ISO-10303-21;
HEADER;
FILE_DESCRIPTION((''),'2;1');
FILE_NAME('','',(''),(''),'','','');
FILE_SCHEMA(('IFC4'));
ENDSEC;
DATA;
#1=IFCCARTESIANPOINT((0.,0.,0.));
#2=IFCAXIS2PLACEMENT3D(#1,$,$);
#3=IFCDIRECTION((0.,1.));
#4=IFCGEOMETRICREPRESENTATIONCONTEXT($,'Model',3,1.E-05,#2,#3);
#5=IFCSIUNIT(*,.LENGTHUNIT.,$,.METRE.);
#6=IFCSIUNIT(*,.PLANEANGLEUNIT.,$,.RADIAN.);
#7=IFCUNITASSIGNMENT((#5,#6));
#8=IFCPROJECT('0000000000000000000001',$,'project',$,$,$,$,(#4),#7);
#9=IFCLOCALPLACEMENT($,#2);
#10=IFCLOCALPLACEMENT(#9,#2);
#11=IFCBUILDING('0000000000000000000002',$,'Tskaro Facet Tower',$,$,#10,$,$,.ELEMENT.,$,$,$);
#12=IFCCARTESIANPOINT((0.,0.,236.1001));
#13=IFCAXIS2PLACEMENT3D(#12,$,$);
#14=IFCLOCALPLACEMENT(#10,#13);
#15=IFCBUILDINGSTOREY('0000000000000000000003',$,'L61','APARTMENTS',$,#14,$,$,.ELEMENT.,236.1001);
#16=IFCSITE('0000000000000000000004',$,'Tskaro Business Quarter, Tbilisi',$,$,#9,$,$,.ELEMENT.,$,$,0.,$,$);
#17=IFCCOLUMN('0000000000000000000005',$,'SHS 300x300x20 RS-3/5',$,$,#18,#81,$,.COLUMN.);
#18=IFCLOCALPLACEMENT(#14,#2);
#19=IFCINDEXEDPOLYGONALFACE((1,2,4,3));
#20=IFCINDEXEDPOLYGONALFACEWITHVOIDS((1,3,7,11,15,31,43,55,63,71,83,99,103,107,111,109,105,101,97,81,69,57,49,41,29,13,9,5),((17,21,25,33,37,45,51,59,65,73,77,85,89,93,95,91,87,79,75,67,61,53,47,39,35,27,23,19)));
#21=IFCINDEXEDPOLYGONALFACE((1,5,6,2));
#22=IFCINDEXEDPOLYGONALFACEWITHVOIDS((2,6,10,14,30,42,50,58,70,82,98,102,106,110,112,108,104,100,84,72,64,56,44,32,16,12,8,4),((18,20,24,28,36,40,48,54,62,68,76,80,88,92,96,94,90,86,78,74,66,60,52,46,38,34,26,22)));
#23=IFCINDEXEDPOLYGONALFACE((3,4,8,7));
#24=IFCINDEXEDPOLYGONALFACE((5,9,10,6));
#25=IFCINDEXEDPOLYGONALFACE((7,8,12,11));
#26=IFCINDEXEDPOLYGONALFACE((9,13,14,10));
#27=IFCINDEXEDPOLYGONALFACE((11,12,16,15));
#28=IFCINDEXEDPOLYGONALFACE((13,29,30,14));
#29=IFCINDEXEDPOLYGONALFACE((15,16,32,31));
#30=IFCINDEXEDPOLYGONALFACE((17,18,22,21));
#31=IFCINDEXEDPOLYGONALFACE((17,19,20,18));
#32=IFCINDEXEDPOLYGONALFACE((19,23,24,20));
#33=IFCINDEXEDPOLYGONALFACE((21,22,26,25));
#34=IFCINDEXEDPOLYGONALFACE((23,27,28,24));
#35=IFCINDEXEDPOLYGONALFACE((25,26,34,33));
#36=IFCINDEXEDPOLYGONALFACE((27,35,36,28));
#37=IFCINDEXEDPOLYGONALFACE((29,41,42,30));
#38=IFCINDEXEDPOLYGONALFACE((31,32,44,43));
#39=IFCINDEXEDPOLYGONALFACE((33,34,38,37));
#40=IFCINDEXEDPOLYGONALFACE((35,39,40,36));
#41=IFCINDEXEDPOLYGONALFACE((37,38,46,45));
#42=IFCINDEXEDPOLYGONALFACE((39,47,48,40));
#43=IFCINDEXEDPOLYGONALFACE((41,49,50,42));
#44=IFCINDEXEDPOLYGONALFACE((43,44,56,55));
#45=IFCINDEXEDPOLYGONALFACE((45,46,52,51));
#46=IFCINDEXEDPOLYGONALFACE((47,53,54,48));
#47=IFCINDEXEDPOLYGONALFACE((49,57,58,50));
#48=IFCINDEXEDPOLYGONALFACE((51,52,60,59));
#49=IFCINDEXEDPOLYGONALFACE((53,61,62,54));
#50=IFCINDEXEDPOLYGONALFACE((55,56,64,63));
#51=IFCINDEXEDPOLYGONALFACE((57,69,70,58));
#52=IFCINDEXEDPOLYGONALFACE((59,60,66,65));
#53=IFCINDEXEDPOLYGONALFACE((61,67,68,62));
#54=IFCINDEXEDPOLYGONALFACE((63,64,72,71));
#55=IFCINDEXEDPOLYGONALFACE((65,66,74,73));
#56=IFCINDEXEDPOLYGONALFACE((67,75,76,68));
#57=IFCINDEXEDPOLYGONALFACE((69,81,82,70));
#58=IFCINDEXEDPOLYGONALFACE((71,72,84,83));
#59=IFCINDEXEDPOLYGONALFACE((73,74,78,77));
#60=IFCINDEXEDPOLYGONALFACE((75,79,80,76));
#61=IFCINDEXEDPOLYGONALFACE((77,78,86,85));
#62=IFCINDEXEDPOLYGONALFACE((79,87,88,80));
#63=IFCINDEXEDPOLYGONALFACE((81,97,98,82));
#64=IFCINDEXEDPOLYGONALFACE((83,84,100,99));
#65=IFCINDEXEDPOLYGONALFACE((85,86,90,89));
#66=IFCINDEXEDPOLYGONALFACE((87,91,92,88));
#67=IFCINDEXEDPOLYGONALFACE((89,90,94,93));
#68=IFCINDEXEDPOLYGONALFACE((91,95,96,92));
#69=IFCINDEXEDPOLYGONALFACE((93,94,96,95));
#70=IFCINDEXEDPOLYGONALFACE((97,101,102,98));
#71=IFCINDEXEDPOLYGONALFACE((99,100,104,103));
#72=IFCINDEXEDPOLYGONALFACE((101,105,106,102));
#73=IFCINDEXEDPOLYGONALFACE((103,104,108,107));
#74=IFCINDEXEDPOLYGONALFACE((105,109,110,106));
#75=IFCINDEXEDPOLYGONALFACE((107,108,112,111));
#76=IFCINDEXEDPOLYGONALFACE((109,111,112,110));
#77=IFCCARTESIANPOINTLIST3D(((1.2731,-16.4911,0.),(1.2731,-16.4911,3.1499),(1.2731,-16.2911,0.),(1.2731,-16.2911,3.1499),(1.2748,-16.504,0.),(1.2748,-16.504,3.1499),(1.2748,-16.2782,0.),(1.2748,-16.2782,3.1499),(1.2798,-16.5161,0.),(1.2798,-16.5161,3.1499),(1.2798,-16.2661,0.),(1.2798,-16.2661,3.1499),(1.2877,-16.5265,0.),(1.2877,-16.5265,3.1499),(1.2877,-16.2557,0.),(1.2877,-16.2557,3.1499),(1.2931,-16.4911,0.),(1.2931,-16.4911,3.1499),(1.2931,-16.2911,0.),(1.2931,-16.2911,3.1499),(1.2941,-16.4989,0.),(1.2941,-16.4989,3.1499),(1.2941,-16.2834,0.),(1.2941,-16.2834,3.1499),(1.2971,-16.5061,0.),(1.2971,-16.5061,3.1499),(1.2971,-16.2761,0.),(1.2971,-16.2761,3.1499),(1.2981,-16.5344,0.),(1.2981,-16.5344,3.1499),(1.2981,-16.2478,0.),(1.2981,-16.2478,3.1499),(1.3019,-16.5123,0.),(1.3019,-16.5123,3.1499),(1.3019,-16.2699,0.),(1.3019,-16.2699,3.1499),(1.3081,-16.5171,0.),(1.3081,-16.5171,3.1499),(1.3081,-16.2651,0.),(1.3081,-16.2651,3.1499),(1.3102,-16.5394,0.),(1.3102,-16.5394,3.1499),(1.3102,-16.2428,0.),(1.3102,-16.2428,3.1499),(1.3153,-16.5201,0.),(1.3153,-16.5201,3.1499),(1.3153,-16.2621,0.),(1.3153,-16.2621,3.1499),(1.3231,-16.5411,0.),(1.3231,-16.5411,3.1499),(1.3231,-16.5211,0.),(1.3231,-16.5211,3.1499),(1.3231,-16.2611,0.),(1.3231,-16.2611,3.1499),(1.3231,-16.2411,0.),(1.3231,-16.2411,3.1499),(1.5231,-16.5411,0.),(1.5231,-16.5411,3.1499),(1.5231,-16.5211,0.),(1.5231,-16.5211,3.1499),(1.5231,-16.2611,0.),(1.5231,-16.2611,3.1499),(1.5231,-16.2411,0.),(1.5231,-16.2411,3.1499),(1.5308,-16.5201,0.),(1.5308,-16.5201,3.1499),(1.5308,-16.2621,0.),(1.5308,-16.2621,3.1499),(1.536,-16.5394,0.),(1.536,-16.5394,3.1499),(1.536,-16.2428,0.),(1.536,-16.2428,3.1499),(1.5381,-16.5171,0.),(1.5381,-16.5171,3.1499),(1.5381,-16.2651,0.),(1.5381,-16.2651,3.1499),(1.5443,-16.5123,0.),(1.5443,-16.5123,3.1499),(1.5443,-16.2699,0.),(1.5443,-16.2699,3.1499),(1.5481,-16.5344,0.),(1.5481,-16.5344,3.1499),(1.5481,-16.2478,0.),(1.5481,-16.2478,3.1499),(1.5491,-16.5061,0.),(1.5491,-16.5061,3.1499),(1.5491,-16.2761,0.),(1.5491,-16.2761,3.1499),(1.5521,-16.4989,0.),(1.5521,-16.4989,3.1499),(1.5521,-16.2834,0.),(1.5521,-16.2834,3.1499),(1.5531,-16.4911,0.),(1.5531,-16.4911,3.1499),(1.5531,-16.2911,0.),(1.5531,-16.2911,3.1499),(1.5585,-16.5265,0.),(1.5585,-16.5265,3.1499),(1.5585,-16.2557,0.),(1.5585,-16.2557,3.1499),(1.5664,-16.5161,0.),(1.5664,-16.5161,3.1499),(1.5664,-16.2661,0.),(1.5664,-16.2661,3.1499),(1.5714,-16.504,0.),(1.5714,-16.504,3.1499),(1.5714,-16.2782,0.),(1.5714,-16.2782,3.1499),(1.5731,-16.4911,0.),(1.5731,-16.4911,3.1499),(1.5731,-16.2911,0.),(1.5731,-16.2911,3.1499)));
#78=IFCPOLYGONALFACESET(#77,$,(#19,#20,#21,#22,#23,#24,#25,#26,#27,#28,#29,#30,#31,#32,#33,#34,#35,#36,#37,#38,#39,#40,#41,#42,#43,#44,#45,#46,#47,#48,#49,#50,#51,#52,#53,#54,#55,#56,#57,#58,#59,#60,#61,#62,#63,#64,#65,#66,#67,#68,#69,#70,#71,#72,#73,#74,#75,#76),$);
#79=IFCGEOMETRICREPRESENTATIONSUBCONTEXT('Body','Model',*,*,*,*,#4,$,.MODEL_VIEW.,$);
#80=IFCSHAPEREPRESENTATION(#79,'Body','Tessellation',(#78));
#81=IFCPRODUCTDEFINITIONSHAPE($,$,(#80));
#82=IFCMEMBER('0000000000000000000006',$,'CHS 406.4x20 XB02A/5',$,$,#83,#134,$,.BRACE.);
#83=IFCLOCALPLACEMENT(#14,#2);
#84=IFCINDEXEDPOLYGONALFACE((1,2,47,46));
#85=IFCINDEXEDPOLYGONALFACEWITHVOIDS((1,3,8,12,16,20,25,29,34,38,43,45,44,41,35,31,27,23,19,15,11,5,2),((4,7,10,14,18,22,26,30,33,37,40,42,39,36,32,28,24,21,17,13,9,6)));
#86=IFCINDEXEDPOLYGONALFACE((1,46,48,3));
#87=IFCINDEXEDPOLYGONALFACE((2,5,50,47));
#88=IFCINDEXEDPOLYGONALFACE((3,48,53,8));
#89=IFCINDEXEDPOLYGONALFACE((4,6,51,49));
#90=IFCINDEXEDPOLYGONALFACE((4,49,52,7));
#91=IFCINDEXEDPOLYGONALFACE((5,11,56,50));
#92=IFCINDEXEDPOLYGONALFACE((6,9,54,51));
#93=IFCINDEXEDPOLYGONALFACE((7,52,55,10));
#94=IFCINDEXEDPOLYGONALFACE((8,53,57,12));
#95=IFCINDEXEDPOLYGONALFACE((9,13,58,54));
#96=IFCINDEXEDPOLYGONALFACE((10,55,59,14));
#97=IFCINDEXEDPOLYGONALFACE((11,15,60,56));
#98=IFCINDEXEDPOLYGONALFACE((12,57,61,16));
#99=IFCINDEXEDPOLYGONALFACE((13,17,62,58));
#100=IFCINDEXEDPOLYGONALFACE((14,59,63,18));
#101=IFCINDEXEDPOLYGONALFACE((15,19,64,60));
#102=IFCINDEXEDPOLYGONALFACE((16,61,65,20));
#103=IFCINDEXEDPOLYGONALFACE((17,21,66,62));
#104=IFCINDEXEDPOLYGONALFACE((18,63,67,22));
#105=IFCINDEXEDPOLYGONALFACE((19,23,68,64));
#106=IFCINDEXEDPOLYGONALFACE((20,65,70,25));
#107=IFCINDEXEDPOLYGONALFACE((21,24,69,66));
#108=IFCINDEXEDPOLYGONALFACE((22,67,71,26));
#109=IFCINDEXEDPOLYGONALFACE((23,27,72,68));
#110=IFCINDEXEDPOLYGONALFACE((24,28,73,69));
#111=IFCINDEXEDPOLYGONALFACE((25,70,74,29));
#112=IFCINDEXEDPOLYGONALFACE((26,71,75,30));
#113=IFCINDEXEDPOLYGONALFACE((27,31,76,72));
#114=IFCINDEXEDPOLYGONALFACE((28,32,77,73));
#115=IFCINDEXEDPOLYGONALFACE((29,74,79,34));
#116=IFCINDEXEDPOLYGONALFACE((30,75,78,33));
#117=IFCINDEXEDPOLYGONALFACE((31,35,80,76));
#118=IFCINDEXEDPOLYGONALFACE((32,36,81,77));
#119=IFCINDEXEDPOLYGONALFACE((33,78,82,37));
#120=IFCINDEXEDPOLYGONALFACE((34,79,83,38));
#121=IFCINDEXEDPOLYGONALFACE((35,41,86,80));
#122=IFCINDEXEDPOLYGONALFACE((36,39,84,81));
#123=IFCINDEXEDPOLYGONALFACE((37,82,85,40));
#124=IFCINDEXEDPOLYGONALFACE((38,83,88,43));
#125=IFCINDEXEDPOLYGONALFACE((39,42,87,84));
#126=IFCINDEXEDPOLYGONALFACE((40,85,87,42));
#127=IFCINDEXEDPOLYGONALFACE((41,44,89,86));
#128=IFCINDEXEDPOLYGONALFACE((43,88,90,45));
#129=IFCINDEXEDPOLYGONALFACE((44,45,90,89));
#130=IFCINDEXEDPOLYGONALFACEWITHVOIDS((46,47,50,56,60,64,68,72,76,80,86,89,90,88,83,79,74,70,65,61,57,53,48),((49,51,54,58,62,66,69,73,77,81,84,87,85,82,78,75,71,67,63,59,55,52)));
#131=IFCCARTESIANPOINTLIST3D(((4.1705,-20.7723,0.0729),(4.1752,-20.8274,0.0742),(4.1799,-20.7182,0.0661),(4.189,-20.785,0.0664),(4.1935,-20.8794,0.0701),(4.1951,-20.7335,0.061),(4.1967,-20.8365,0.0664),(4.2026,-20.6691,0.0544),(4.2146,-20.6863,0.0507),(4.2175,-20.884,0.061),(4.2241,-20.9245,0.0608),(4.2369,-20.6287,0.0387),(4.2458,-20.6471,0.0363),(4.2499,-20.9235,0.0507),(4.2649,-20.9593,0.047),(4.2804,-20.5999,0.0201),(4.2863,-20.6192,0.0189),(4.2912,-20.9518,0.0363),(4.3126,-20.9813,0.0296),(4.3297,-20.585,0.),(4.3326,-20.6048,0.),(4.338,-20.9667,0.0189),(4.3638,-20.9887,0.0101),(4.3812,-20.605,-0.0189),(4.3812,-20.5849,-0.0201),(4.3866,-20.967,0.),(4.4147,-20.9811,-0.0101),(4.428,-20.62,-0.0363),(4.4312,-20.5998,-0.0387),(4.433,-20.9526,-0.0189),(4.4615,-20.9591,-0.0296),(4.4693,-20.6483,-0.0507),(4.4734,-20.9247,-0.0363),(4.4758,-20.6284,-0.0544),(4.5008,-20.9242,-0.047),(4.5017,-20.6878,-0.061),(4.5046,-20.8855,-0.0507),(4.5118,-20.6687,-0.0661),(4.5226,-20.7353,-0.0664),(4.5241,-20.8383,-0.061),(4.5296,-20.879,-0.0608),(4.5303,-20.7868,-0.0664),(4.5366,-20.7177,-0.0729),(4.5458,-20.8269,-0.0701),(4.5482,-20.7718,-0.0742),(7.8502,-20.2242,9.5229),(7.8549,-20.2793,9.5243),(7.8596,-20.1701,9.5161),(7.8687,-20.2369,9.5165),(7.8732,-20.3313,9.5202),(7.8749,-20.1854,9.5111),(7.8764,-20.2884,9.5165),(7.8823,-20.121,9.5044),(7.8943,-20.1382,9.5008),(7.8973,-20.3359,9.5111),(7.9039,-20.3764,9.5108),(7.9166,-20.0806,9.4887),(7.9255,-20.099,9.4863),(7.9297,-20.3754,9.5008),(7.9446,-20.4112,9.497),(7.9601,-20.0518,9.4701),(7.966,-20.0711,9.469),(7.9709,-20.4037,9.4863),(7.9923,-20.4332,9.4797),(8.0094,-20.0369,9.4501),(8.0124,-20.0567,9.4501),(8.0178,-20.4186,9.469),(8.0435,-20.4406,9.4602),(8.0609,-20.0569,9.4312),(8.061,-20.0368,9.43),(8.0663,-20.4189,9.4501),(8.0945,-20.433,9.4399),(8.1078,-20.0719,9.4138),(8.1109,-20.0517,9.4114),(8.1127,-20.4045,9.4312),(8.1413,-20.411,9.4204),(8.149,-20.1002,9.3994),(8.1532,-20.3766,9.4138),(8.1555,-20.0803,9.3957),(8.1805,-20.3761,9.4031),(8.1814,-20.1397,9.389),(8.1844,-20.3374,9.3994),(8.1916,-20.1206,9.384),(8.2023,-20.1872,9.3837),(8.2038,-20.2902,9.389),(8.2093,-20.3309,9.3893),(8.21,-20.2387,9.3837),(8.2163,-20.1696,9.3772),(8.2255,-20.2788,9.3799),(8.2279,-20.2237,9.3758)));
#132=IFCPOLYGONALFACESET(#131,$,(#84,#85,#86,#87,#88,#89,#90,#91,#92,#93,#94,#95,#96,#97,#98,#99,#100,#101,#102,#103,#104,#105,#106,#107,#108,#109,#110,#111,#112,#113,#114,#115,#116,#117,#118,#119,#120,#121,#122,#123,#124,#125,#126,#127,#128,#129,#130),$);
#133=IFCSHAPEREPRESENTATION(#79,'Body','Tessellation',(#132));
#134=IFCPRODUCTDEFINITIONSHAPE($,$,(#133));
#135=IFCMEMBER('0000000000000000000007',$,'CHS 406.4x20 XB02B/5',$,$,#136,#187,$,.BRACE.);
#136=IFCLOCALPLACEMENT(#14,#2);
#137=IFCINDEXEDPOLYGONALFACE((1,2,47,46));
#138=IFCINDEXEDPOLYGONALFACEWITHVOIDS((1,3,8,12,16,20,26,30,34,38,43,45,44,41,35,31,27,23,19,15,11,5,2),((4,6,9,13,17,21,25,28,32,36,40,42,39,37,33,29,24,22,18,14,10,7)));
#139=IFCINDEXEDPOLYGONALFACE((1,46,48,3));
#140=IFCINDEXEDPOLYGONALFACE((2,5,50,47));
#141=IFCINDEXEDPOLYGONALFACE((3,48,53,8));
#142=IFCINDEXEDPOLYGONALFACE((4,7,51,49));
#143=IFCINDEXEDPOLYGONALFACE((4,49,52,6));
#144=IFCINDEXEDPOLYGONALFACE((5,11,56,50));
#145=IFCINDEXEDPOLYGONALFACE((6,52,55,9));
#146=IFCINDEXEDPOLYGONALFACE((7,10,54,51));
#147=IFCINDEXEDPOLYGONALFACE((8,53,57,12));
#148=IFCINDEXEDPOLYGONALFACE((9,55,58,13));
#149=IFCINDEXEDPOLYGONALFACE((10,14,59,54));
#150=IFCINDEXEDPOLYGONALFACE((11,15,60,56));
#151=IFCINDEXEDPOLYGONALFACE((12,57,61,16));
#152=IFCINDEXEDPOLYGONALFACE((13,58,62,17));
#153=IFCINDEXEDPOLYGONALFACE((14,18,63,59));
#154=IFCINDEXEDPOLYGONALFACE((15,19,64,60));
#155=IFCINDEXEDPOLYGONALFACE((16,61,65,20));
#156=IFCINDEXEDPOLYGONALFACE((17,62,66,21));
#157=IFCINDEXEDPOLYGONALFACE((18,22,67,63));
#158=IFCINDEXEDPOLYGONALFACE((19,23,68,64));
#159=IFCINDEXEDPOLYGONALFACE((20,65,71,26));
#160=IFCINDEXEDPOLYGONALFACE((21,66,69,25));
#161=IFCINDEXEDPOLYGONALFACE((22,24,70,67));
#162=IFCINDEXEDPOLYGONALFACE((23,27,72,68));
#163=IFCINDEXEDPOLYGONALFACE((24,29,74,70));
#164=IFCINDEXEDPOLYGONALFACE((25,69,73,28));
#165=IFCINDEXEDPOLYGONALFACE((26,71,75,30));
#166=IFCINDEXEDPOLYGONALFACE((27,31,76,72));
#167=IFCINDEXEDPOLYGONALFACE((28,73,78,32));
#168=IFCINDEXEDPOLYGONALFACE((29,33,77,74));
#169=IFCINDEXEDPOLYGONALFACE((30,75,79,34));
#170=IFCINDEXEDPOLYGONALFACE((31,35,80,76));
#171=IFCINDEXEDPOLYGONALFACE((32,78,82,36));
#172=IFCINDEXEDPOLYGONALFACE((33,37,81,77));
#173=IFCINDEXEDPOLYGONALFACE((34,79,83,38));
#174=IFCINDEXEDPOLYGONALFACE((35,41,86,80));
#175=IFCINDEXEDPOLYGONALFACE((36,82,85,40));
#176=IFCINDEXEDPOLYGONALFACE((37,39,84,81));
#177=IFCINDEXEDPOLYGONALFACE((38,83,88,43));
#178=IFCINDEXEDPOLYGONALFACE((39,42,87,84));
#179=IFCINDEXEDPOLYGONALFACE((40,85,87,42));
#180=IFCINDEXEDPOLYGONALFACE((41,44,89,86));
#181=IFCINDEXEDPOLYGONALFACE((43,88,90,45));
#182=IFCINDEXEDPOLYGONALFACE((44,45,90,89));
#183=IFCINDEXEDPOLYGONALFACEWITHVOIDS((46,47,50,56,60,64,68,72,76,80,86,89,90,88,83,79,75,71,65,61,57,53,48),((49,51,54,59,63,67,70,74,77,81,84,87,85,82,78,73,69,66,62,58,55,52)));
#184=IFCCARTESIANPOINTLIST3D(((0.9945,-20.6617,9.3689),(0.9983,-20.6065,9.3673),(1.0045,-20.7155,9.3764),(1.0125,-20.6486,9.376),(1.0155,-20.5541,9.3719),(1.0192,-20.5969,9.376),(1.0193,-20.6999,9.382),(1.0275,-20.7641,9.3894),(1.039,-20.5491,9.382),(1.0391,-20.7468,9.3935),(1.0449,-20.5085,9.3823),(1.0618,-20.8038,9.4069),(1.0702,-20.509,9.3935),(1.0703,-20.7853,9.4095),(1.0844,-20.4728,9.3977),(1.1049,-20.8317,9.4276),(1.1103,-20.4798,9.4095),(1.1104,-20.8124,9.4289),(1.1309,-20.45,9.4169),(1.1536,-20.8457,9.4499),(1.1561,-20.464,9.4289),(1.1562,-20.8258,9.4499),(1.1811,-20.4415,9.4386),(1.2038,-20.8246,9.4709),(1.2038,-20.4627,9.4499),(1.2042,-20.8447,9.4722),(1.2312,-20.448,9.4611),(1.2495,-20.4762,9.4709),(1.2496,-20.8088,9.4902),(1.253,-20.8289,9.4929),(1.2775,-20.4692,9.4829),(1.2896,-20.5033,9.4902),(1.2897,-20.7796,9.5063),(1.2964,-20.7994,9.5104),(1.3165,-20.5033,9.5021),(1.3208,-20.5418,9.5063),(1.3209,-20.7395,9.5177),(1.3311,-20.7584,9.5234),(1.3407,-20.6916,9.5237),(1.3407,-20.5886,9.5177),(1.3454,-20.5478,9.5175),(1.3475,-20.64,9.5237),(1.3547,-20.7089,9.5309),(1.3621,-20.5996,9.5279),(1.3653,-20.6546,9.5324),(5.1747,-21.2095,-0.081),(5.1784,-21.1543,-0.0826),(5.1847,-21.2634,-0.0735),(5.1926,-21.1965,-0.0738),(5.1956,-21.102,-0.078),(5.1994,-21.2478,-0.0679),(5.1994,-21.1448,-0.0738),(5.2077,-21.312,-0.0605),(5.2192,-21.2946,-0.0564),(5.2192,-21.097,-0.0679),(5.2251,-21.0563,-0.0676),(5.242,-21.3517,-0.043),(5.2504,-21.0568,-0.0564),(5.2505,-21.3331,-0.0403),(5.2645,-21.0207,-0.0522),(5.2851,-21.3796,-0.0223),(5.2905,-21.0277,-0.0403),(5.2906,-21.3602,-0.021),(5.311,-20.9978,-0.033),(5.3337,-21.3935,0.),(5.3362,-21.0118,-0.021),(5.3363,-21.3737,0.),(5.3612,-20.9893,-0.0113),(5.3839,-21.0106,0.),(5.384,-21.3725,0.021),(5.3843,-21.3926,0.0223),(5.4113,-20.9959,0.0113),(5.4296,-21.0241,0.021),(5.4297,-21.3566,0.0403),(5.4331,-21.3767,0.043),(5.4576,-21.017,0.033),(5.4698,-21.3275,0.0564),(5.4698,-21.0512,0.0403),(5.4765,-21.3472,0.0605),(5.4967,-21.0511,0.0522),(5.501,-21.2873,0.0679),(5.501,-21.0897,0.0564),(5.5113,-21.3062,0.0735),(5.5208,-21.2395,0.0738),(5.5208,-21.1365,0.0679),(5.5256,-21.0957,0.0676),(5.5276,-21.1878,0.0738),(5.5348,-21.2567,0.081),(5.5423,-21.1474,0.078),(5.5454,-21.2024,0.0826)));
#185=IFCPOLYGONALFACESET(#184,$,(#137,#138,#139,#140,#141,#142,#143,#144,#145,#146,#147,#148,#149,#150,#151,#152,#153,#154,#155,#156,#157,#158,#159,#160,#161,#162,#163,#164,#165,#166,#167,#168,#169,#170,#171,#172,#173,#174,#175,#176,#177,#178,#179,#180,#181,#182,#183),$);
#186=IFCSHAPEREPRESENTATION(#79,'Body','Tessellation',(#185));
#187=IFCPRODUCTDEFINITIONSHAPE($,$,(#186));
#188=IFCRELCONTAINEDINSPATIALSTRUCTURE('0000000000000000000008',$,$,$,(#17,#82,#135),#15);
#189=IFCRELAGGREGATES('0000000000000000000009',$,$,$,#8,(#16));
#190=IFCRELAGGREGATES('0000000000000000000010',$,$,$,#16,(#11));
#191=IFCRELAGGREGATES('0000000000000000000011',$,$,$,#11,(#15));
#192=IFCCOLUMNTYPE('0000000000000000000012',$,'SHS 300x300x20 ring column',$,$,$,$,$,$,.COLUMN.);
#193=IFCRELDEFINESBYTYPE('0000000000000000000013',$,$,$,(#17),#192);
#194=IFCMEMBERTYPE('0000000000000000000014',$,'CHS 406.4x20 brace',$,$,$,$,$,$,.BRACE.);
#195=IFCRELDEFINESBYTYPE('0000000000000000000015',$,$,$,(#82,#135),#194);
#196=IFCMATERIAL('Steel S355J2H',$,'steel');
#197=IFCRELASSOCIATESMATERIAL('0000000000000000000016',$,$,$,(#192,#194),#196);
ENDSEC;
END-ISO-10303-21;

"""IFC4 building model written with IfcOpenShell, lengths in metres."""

from ifc_helpers import new_model, si_unit, direction, frame, origin, origin_2d, place, context, subcontext, project, spatial, hollow_rectangle, hollow_circle, extrude, material, material_profile, profile_set, type_object, element, save


model = new_model("IFC4")

# Units and contexts
model_context = context("Model", 3, precision=1e-05, world=origin(), true_north=direction((0.0, 1.0)))
body_context = subcontext(model_context, "Body", "Model", "MODEL_VIEW")
ifc_project = project(units=[si_unit("LENGTHUNIT", "METRE"), si_unit("PLANEANGLEUNIT", "RADIAN")], contexts=[model_context])

# Site, building, storey
site_placement = place(None, origin())
site = spatial("IfcSite", under=ifc_project, at=site_placement, Name="Tskaro Business Quarter, Tbilisi", CompositionType="ELEMENT", RefElevation=0.0)
building_placement = place(site_placement, origin())
building = spatial("IfcBuilding", under=site, at=building_placement, Name="Tskaro Facet Tower", CompositionType="ELEMENT")
storey_placement = place(building_placement, frame((0.0, 0.0, 236.1001)))
storey = spatial("IfcBuildingStorey", under=building, at=storey_placement, Name="L61", Description="APARTMENTS", CompositionType="ELEMENT", Elevation=236.1001)

# Column
ifc_material_1 = material(Name="Steel S355J2H", Category="steel")
ifc_material_profile_1 = material_profile(ifc_material_1, hollow_rectangle(XDim=0.3, YDim=0.3, WallThickness=0.02, InnerFilletRadius=0.03, OuterFilletRadius=0.05, at=origin_2d()), Name="SHS 300x300x20")
ifc_profile_set_1 = profile_set([ifc_material_profile_1], Name="Steel S355J2H")
column_type = type_object("IfcColumnType", Name="SHS 300x300x20 ring column", PredefinedType="COLUMN", material=ifc_profile_set_1)
column_placement = place(storey_placement, frame((1.4231, -16.3911, 0.0), z_axis=(0.0, 0.0, 1.0), x_axis=(1.0, 0.0, 0.0)))
element("IfcColumn", 1, at=column_placement, inside=storey, type_object=column_type, Name="SHS 300x300x20 RS-3/5", PredefinedType="COLUMN", context=body_context, shape_type="SweptSolid", body=[
    extrude(hollow_rectangle(XDim=0.3, YDim=0.3, WallThickness=0.02, InnerFilletRadius=0.03, OuterFilletRadius=0.05, at=origin_2d()), origin(), (0.0, 0.0, 1.0), 3.1499),
])

# Members
ifc_material_profile_2 = material_profile(ifc_material_1, hollow_circle(Radius=0.2031, WallThickness=0.02, at=origin_2d()), Name="CHS 406.4x20")
ifc_profile_set_2 = profile_set([ifc_material_profile_2], Name="Steel S355J2H")
member_type_1 = type_object("IfcMemberType", Name="CHS 406.4x20 brace", PredefinedType="BRACE", material=ifc_profile_set_2)
member_1_placement = place(storey_placement, frame((4.3596, -20.7859, 0.0), z_axis=(0.362321, 0.053968, 0.93049), x_axis=(-0.147326, 0.989088, 0.0)))
element("IfcMember", 2, at=member_1_placement, inside=storey, type_object=member_type_1, Name="CHS 406.4x20 XB02A/5", PredefinedType="BRACE", context=body_context, shape_type="SweptSolid", body=[
    extrude(hollow_circle(Radius=0.2031, WallThickness=0.02, at=origin_2d()), origin(), (0.0, 0.0, 1.0), 10.156),
])
member_2_placement = place(storey_placement, frame((5.3601, -21.1921, 0.0), z_axis=(-0.40397, 0.052944, 0.913239), x_axis=(-0.129948, -0.991521, 0.0)))
element("IfcMember", 3, at=member_2_placement, inside=storey, type_object=member_type_1, Name="CHS 406.4x20 XB02B/5", PredefinedType="BRACE", context=body_context, shape_type="SweptSolid", body=[
    extrude(hollow_circle(Radius=0.2031, WallThickness=0.02, at=origin_2d()), origin(), (0.0, 0.0, 1.0), 10.3477),
])

save(model, "model.ifc")
